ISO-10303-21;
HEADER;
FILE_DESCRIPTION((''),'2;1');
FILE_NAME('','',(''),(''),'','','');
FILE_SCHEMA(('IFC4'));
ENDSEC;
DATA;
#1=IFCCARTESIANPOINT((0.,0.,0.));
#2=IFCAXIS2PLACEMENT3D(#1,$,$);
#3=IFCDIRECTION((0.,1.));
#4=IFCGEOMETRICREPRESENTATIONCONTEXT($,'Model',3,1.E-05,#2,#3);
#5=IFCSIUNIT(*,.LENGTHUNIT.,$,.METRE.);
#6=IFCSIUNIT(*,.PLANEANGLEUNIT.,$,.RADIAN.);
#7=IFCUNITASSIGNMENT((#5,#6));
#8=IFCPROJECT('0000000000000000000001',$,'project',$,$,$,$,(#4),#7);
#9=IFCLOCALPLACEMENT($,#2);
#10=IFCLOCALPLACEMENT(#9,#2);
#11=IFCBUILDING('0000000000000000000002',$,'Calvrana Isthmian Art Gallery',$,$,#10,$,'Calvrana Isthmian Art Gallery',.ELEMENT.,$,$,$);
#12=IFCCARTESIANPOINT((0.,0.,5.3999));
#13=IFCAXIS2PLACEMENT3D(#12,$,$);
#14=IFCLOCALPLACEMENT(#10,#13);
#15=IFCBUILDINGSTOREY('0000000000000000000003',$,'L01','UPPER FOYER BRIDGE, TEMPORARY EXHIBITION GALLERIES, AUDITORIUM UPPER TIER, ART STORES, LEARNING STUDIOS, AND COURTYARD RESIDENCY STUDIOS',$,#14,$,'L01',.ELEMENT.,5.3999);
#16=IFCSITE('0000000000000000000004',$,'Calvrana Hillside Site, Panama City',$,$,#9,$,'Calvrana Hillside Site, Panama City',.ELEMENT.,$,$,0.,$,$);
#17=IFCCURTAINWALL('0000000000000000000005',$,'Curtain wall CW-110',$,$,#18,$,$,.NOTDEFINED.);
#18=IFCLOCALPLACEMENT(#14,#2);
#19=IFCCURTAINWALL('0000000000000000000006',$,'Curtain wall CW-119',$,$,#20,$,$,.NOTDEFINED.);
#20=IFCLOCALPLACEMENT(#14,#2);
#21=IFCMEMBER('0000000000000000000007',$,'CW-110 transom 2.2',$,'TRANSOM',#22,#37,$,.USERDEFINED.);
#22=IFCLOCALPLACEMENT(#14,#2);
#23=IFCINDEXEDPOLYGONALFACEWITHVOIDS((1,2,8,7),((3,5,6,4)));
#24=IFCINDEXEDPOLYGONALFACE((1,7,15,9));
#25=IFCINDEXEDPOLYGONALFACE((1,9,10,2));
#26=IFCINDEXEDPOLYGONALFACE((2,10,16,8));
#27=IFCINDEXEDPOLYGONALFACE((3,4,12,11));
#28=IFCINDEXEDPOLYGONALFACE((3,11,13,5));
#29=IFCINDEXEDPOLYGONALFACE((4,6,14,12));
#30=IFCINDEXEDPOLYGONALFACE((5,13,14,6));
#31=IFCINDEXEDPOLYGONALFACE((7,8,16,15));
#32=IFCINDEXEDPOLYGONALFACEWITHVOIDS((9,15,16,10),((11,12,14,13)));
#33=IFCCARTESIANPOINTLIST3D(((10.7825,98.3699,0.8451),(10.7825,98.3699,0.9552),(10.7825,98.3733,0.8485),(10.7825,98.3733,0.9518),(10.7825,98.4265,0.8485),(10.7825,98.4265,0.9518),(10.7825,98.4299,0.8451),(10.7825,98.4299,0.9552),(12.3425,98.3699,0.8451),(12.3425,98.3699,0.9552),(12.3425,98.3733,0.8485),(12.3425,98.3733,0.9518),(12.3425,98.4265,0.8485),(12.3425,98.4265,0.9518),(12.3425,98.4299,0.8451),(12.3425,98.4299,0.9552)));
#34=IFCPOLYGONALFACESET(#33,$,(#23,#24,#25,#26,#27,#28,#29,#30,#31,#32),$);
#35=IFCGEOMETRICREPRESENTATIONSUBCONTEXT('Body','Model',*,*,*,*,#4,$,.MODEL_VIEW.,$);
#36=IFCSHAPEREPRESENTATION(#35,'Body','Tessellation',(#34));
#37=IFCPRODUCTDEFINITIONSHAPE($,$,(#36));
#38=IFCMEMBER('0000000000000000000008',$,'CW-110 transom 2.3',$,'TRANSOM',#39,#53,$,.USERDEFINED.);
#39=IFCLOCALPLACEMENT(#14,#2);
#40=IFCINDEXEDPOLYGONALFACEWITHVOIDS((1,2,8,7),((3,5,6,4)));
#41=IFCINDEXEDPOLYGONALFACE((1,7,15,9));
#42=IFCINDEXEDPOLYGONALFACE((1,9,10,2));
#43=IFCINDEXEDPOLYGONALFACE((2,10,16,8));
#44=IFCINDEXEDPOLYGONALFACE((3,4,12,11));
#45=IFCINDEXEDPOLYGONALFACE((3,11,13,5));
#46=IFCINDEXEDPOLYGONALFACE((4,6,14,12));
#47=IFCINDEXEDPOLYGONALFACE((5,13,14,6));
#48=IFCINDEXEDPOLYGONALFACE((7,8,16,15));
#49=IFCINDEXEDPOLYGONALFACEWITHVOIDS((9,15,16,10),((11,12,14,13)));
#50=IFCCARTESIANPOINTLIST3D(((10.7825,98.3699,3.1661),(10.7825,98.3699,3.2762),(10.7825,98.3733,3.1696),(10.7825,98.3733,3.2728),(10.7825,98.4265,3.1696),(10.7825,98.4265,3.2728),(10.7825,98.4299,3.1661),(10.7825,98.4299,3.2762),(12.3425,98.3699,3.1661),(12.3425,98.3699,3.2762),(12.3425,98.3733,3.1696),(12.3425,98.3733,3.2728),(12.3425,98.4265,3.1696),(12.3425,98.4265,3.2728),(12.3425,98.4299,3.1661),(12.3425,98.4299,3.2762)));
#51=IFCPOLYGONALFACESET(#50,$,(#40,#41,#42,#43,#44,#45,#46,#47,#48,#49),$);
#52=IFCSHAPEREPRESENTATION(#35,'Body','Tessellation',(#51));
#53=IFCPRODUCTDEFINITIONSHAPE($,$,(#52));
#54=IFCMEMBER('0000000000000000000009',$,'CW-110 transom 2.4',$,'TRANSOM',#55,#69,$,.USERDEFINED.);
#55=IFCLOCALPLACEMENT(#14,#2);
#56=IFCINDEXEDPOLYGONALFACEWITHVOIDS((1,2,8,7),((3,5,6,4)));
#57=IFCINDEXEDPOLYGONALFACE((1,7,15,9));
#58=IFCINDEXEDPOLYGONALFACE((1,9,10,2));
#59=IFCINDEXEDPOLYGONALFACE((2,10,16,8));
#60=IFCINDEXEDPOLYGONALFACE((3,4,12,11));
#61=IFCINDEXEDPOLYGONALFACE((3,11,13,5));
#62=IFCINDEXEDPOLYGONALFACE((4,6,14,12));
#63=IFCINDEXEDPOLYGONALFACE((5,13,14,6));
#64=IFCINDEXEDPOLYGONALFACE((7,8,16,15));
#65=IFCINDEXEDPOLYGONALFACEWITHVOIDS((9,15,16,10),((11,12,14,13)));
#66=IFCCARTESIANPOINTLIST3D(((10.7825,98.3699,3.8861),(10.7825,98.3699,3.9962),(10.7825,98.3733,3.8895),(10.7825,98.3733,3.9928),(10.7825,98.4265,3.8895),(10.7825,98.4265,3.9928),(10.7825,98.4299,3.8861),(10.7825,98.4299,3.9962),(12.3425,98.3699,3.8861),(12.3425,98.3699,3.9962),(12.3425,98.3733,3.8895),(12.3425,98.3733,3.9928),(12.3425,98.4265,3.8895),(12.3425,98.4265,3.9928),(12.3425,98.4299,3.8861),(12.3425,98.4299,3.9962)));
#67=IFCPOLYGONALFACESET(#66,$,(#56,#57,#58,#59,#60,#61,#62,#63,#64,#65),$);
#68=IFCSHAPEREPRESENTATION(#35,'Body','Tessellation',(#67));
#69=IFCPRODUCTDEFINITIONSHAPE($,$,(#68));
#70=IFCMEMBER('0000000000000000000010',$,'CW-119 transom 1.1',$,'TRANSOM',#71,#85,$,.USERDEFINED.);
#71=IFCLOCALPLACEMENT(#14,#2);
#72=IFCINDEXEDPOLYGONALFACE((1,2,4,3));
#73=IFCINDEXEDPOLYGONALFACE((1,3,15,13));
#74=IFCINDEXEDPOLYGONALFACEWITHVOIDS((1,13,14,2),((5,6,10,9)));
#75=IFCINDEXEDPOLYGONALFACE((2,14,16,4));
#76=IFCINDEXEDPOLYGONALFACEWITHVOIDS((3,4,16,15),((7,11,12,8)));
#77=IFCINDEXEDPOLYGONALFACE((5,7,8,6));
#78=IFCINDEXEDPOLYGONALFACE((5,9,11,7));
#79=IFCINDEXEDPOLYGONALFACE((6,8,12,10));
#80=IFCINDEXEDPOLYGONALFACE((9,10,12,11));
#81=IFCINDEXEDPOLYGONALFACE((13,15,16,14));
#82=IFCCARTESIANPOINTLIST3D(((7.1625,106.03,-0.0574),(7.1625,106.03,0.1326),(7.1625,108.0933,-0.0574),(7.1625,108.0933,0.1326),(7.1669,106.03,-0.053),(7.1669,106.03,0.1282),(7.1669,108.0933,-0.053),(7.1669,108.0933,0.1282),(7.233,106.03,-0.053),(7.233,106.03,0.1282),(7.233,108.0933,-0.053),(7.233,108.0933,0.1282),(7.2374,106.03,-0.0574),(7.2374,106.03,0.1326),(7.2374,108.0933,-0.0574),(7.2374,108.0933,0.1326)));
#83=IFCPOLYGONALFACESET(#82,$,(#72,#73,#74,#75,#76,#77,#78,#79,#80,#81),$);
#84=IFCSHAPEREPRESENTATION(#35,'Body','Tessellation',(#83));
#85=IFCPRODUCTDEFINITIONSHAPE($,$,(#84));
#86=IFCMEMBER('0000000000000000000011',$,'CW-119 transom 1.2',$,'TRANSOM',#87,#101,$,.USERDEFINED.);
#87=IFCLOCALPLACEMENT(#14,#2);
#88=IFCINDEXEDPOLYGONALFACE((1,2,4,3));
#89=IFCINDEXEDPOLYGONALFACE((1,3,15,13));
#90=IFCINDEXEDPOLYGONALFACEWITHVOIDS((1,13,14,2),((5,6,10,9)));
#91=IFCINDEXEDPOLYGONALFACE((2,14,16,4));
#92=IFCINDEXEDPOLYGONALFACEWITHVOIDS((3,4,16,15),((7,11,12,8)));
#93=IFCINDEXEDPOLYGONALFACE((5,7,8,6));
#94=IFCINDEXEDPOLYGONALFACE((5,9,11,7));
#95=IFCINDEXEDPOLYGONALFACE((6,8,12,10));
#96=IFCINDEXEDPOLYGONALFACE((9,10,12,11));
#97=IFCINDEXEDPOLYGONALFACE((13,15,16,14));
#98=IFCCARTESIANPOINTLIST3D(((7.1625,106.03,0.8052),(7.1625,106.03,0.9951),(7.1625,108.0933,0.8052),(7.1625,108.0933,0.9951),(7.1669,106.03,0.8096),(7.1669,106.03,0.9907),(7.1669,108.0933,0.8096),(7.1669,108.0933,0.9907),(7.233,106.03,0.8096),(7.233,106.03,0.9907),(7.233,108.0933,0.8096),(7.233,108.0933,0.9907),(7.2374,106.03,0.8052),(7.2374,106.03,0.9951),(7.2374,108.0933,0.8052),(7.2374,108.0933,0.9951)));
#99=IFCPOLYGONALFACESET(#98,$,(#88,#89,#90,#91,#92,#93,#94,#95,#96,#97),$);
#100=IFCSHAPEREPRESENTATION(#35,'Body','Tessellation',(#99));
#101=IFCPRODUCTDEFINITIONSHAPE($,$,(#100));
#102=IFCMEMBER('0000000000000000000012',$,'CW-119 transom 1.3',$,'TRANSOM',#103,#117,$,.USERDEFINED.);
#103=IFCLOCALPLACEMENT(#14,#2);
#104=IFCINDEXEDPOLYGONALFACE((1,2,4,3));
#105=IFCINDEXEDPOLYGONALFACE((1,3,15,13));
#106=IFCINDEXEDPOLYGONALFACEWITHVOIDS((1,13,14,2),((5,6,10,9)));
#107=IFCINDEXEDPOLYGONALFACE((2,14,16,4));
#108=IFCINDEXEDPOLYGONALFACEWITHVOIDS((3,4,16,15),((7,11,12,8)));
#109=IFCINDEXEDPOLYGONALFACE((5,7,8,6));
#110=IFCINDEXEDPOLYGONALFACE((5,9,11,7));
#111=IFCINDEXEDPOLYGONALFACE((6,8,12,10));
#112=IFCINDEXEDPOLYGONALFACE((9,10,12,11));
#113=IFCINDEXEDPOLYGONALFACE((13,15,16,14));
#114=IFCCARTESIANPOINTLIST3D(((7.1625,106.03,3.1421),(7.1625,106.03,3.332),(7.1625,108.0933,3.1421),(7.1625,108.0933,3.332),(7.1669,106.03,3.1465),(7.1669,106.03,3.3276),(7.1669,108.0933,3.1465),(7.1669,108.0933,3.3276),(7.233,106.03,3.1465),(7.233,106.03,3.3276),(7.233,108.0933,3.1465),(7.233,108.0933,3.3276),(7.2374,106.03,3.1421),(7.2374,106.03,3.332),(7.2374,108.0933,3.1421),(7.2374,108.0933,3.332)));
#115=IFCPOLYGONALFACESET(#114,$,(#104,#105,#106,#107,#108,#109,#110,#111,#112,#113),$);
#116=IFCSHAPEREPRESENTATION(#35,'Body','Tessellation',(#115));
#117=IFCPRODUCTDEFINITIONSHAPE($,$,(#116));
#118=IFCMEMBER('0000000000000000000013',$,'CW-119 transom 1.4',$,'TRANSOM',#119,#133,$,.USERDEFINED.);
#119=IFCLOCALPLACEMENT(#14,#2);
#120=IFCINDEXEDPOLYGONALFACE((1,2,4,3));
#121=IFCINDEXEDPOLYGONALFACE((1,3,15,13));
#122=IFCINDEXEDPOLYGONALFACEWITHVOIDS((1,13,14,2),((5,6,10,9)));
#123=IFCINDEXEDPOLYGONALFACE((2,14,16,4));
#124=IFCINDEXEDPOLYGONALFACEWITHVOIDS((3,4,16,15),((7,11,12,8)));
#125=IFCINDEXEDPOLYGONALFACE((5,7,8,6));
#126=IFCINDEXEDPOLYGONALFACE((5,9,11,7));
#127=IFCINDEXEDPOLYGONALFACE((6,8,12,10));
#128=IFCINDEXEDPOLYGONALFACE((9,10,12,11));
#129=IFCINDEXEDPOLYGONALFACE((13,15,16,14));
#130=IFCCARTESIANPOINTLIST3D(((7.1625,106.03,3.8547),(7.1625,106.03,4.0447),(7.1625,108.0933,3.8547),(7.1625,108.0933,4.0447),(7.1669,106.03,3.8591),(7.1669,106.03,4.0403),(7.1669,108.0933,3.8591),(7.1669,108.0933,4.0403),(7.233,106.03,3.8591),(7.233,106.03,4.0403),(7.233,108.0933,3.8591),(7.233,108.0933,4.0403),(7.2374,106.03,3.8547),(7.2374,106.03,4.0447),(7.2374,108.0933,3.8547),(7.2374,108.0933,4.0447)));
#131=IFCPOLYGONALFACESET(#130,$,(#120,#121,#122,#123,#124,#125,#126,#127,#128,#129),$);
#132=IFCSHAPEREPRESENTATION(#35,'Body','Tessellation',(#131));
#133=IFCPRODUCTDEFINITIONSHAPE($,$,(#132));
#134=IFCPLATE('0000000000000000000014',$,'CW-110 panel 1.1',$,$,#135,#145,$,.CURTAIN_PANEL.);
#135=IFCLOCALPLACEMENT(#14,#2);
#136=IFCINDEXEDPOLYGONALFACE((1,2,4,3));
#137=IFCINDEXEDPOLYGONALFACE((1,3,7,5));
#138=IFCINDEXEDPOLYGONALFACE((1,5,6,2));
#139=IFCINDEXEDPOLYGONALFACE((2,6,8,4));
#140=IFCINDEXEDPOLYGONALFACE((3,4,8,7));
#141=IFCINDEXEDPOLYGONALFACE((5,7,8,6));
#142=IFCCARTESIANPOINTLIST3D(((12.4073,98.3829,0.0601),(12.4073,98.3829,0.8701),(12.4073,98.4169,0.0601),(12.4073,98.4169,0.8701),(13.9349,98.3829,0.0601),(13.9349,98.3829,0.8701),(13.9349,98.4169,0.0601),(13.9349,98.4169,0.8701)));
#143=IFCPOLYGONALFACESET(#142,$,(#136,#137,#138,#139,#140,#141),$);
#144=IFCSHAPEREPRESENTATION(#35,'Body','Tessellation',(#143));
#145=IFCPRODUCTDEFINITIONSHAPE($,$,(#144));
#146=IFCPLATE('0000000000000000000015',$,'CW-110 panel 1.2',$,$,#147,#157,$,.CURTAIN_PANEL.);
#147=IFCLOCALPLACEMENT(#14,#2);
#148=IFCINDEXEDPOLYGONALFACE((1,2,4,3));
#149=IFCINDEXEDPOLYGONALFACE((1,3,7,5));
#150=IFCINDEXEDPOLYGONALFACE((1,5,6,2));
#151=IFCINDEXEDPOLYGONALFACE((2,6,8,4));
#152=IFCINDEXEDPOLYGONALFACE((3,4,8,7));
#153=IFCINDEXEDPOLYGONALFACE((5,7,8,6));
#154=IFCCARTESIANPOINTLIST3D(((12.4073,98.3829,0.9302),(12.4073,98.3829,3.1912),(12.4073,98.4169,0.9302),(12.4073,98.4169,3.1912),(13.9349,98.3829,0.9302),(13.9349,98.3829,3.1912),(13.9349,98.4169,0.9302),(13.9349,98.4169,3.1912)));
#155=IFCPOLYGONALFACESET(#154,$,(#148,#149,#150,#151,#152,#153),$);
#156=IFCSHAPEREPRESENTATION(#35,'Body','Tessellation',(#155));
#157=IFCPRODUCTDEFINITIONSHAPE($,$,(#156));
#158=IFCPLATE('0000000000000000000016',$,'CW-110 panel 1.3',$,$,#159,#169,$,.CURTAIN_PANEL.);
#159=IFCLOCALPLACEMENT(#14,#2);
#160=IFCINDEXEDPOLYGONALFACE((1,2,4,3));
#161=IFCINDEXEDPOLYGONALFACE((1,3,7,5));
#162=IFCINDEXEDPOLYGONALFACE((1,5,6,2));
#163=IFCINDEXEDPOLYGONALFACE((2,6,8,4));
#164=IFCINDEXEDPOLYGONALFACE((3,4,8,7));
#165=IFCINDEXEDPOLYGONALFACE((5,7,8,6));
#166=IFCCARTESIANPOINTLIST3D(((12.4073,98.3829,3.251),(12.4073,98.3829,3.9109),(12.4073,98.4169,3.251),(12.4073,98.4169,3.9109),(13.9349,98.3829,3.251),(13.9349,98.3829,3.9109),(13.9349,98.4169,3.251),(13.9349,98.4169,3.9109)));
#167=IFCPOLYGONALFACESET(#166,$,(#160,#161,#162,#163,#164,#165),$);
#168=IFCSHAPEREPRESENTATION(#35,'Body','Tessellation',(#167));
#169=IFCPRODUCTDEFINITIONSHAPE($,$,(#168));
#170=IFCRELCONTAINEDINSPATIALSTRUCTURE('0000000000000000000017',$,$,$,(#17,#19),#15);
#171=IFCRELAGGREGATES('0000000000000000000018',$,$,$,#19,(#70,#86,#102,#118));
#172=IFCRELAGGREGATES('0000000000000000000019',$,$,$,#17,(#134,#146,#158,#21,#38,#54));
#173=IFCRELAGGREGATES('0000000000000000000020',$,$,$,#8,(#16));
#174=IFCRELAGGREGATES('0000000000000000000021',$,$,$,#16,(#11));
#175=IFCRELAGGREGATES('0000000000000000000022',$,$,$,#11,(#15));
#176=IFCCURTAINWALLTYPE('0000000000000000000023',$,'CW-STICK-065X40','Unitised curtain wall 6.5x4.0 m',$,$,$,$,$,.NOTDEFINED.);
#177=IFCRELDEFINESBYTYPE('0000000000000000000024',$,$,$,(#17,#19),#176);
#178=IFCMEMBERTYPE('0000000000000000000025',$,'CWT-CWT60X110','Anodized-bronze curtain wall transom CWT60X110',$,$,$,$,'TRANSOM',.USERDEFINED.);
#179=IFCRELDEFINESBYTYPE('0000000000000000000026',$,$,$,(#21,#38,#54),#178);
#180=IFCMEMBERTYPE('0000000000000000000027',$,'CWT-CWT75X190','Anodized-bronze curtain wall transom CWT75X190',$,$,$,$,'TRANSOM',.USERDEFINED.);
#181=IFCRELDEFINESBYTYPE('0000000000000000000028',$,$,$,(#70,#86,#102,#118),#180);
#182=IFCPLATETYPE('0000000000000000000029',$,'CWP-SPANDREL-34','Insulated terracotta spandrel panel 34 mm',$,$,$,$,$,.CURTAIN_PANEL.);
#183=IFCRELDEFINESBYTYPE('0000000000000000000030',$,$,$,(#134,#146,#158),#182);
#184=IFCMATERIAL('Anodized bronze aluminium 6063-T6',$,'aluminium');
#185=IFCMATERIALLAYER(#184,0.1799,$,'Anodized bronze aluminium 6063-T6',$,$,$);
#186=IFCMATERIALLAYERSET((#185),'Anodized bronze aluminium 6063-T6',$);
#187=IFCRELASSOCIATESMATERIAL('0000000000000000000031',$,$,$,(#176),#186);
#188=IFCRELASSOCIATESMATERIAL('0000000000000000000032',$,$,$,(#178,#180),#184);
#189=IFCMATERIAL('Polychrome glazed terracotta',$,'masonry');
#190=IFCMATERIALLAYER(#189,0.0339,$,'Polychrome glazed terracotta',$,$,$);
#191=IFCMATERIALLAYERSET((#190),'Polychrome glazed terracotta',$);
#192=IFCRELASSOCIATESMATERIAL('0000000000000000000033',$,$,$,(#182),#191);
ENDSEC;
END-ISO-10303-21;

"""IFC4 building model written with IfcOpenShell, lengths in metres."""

from ifc_helpers import new_model, si_unit, direction, frame, origin, origin_2d, place, context, subcontext, project, spatial, rectangle, hollow_rectangle, extrude, material, layer, layer_set, material_profile, profile_set, type_object, element, aggregate, save


model = new_model("IFC4")

# Units and contexts
model_context = context("Model", 3, precision=1e-05, world=origin(), true_north=direction((0.0, 1.0)))
body_context = subcontext(model_context, "Body", "Model", "MODEL_VIEW")
ifc_project = project(units=[si_unit("LENGTHUNIT", "METRE"), si_unit("PLANEANGLEUNIT", "RADIAN")], contexts=[model_context])

# Site, building, storey
site_placement = place(None, origin())
site = spatial("IfcSite", under=ifc_project, at=site_placement, Name="Calvrana Hillside Site, Panama City", LongName="Calvrana Hillside Site, Panama City", CompositionType="ELEMENT", RefElevation=0.0)
building_placement = place(site_placement, origin())
building = spatial("IfcBuilding", under=site, at=building_placement, Name="Calvrana Isthmian Art Gallery", LongName="Calvrana Isthmian Art Gallery", CompositionType="ELEMENT")
storey_placement = place(building_placement, frame((0.0, 0.0, 5.3999)))
storey = spatial("IfcBuildingStorey", under=building, at=storey_placement, Name="L01", Description="UPPER FOYER BRIDGE, TEMPORARY EXHIBITION GALLERIES, AUDITORIUM UPPER TIER, ART STORES, LEARNING STUDIOS, AND COURTYARD RESIDENCY STUDIOS", LongName="L01", CompositionType="ELEMENT", Elevation=5.3999)

# Curtain wall
ifc_material_1 = material(Name="Anodized bronze aluminium 6063-T6", Category="aluminium")
ifc_layer_1 = layer(ifc_material_1, 0.1799, Name="Anodized bronze aluminium 6063-T6")
ifc_layer_set_1 = layer_set([ifc_layer_1], Name="Anodized bronze aluminium 6063-T6")
curtain_wall_type = type_object("IfcCurtainWallType", Name="CW-STICK-065X40", Description="Unitised curtain wall 6.5x4.0 m", PredefinedType="NOTDEFINED", material=ifc_layer_set_1)
curtain_wall_1_placement = place(storey_placement, origin())
curtain_wall_1 = element("IfcCurtainWall", 1, at=curtain_wall_1_placement, inside=storey, type_object=curtain_wall_type, Name="Curtain wall CW-110", PredefinedType="NOTDEFINED")

# Curtain wall
curtain_wall_2_placement = place(storey_placement, origin())
curtain_wall_2 = element("IfcCurtainWall", 2, at=curtain_wall_2_placement, inside=storey, type_object=curtain_wall_type, Name="Curtain wall CW-119", PredefinedType="NOTDEFINED")

# Members
ifc_material_profile_1 = material_profile(ifc_material_1, hollow_rectangle(XDim=0.0601, YDim=0.1101, WallThickness=0.0034, at=origin_2d()), Name="CWT60X110")
ifc_profile_set_1 = profile_set([ifc_material_profile_1], Name="Anodized bronze aluminium 6063-T6")
member_type_1 = type_object("IfcMemberType", Name="CWT-CWT60X110", Description="Anodized-bronze curtain wall transom CWT60X110", ElementType="TRANSOM", PredefinedType="USERDEFINED", material=ifc_profile_set_1)
member_1_placement = place(storey_placement, frame((12.3425, 98.3999, 0.9001), z_axis=(-1.0, 0.0, 0.0), x_axis=(0.0, -1.0, 0.0)))
member_1 = element("IfcMember", 3, at=member_1_placement, type_object=member_type_1, Name="CW-110 transom 2.2", ObjectType="TRANSOM", PredefinedType="USERDEFINED", context=body_context, shape_type="SweptSolid", body=[
    extrude(hollow_rectangle(XDim=0.0601, YDim=0.1101, WallThickness=0.0034, at=origin_2d()), origin(), (0.0, 0.0, 1.0), 1.5601),
])
member_2_placement = place(storey_placement, frame((12.3425, 98.3999, 3.2212), z_axis=(-1.0, 0.0, 0.0), x_axis=(0.0, -1.0, 0.0)))
member_2 = element("IfcMember", 4, at=member_2_placement, type_object=member_type_1, Name="CW-110 transom 2.3", ObjectType="TRANSOM", PredefinedType="USERDEFINED", context=body_context, shape_type="SweptSolid", body=[
    extrude(hollow_rectangle(XDim=0.0601, YDim=0.1101, WallThickness=0.0034, at=origin_2d()), origin(), (0.0, 0.0, 1.0), 1.5601),
])
member_3_placement = place(storey_placement, frame((12.3425, 98.3999, 3.9412), z_axis=(-1.0, 0.0, 0.0), x_axis=(0.0, -1.0, 0.0)))
member_3 = element("IfcMember", 5, at=member_3_placement, type_object=member_type_1, Name="CW-110 transom 2.4", ObjectType="TRANSOM", PredefinedType="USERDEFINED", context=body_context, shape_type="SweptSolid", body=[
    extrude(hollow_rectangle(XDim=0.0601, YDim=0.1101, WallThickness=0.0034, at=origin_2d()), origin(), (0.0, 0.0, 1.0), 1.5601),
])
ifc_material_profile_2 = material_profile(ifc_material_1, hollow_rectangle(XDim=0.075, YDim=0.1899, WallThickness=0.0044, at=origin_2d()), Name="CWT75X190")
ifc_profile_set_2 = profile_set([ifc_material_profile_2], Name="Anodized bronze aluminium 6063-T6")
member_type_2 = type_object("IfcMemberType", Name="CWT-CWT75X190", Description="Anodized-bronze curtain wall transom CWT75X190", ElementType="TRANSOM", PredefinedType="USERDEFINED", material=ifc_profile_set_2)
member_4_placement = place(storey_placement, frame((7.2, 106.03, 0.0376), z_axis=(0.0, 1.0, 0.0), x_axis=(-1.0, 0.0, 0.0)))
member_4 = element("IfcMember", 6, at=member_4_placement, type_object=member_type_2, Name="CW-119 transom 1.1", ObjectType="TRANSOM", PredefinedType="USERDEFINED", context=body_context, shape_type="SweptSolid", body=[
    extrude(hollow_rectangle(XDim=0.075, YDim=0.1899, WallThickness=0.0044, at=origin_2d()), origin(), (0.0, 0.0, 1.0), 2.0632),
])
member_5_placement = place(storey_placement, frame((7.2, 106.03, 0.9001), z_axis=(0.0, 1.0, 0.0), x_axis=(-1.0, 0.0, 0.0)))
member_5 = element("IfcMember", 7, at=member_5_placement, type_object=member_type_2, Name="CW-119 transom 1.2", ObjectType="TRANSOM", PredefinedType="USERDEFINED", context=body_context, shape_type="SweptSolid", body=[
    extrude(hollow_rectangle(XDim=0.075, YDim=0.1899, WallThickness=0.0044, at=origin_2d()), origin(), (0.0, 0.0, 1.0), 2.0632),
])
member_6_placement = place(storey_placement, frame((7.2, 106.03, 3.2371), z_axis=(0.0, 1.0, 0.0), x_axis=(-1.0, 0.0, 0.0)))
member_6 = element("IfcMember", 8, at=member_6_placement, type_object=member_type_2, Name="CW-119 transom 1.3", ObjectType="TRANSOM", PredefinedType="USERDEFINED", context=body_context, shape_type="SweptSolid", body=[
    extrude(hollow_rectangle(XDim=0.075, YDim=0.1899, WallThickness=0.0044, at=origin_2d()), origin(), (0.0, 0.0, 1.0), 2.0632),
])
member_7_placement = place(storey_placement, frame((7.2, 106.03, 3.9497), z_axis=(0.0, 1.0, 0.0), x_axis=(-1.0, 0.0, 0.0)))
member_7 = element("IfcMember", 9, at=member_7_placement, type_object=member_type_2, Name="CW-119 transom 1.4", ObjectType="TRANSOM", PredefinedType="USERDEFINED", context=body_context, shape_type="SweptSolid", body=[
    extrude(hollow_rectangle(XDim=0.075, YDim=0.1899, WallThickness=0.0044, at=origin_2d()), origin(), (0.0, 0.0, 1.0), 2.0632),
])
aggregate(curtain_wall_2, [member_4, member_5, member_6, member_7])

# Plates
ifc_material_2 = material(Name="Polychrome glazed terracotta", Category="masonry")
ifc_layer_2 = layer(ifc_material_2, 0.0339, Name="Polychrome glazed terracotta")
ifc_layer_set_2 = layer_set([ifc_layer_2], Name="Polychrome glazed terracotta")
plate_type = type_object("IfcPlateType", Name="CWP-SPANDREL-34", Description="Insulated terracotta spandrel panel 34 mm", PredefinedType="CURTAIN_PANEL", material=ifc_layer_set_2)
plate_1_placement = place(storey_placement, frame((13.1711, 98.3999, 0.0601), z_axis=(0.0, 0.0, 1.0), x_axis=(-1.0, 0.0, 0.0)))
plate_1 = element("IfcPlate", 10, at=plate_1_placement, type_object=plate_type, Name="CW-110 panel 1.1", PredefinedType="CURTAIN_PANEL", context=body_context, shape_type="SweptSolid", body=[
    extrude(rectangle(XDim=1.5276, YDim=0.0339, at=origin_2d()), origin(), (0.0, 0.0, 1.0), 0.8101),
])
plate_2_placement = place(storey_placement, frame((13.1711, 98.3999, 0.9302), z_axis=(0.0, 0.0, 1.0), x_axis=(-1.0, 0.0, 0.0)))
plate_2 = element("IfcPlate", 11, at=plate_2_placement, type_object=plate_type, Name="CW-110 panel 1.2", PredefinedType="CURTAIN_PANEL", context=body_context, shape_type="SweptSolid", body=[
    extrude(rectangle(XDim=1.5276, YDim=0.0339, at=origin_2d()), origin(), (0.0, 0.0, 1.0), 2.261),
])
plate_3_placement = place(storey_placement, frame((13.1711, 98.3999, 3.251), z_axis=(0.0, 0.0, 1.0), x_axis=(-1.0, 0.0, 0.0)))
plate_3 = element("IfcPlate", 12, at=plate_3_placement, type_object=plate_type, Name="CW-110 panel 1.3", PredefinedType="CURTAIN_PANEL", context=body_context, shape_type="SweptSolid", body=[
    extrude(rectangle(XDim=1.5276, YDim=0.0339, at=origin_2d()), origin(), (0.0, 0.0, 1.0), 0.6599),
])
aggregate(curtain_wall_1, [plate_1, plate_2, plate_3, member_1, member_2, member_3])

save(model, "model.ifc")
